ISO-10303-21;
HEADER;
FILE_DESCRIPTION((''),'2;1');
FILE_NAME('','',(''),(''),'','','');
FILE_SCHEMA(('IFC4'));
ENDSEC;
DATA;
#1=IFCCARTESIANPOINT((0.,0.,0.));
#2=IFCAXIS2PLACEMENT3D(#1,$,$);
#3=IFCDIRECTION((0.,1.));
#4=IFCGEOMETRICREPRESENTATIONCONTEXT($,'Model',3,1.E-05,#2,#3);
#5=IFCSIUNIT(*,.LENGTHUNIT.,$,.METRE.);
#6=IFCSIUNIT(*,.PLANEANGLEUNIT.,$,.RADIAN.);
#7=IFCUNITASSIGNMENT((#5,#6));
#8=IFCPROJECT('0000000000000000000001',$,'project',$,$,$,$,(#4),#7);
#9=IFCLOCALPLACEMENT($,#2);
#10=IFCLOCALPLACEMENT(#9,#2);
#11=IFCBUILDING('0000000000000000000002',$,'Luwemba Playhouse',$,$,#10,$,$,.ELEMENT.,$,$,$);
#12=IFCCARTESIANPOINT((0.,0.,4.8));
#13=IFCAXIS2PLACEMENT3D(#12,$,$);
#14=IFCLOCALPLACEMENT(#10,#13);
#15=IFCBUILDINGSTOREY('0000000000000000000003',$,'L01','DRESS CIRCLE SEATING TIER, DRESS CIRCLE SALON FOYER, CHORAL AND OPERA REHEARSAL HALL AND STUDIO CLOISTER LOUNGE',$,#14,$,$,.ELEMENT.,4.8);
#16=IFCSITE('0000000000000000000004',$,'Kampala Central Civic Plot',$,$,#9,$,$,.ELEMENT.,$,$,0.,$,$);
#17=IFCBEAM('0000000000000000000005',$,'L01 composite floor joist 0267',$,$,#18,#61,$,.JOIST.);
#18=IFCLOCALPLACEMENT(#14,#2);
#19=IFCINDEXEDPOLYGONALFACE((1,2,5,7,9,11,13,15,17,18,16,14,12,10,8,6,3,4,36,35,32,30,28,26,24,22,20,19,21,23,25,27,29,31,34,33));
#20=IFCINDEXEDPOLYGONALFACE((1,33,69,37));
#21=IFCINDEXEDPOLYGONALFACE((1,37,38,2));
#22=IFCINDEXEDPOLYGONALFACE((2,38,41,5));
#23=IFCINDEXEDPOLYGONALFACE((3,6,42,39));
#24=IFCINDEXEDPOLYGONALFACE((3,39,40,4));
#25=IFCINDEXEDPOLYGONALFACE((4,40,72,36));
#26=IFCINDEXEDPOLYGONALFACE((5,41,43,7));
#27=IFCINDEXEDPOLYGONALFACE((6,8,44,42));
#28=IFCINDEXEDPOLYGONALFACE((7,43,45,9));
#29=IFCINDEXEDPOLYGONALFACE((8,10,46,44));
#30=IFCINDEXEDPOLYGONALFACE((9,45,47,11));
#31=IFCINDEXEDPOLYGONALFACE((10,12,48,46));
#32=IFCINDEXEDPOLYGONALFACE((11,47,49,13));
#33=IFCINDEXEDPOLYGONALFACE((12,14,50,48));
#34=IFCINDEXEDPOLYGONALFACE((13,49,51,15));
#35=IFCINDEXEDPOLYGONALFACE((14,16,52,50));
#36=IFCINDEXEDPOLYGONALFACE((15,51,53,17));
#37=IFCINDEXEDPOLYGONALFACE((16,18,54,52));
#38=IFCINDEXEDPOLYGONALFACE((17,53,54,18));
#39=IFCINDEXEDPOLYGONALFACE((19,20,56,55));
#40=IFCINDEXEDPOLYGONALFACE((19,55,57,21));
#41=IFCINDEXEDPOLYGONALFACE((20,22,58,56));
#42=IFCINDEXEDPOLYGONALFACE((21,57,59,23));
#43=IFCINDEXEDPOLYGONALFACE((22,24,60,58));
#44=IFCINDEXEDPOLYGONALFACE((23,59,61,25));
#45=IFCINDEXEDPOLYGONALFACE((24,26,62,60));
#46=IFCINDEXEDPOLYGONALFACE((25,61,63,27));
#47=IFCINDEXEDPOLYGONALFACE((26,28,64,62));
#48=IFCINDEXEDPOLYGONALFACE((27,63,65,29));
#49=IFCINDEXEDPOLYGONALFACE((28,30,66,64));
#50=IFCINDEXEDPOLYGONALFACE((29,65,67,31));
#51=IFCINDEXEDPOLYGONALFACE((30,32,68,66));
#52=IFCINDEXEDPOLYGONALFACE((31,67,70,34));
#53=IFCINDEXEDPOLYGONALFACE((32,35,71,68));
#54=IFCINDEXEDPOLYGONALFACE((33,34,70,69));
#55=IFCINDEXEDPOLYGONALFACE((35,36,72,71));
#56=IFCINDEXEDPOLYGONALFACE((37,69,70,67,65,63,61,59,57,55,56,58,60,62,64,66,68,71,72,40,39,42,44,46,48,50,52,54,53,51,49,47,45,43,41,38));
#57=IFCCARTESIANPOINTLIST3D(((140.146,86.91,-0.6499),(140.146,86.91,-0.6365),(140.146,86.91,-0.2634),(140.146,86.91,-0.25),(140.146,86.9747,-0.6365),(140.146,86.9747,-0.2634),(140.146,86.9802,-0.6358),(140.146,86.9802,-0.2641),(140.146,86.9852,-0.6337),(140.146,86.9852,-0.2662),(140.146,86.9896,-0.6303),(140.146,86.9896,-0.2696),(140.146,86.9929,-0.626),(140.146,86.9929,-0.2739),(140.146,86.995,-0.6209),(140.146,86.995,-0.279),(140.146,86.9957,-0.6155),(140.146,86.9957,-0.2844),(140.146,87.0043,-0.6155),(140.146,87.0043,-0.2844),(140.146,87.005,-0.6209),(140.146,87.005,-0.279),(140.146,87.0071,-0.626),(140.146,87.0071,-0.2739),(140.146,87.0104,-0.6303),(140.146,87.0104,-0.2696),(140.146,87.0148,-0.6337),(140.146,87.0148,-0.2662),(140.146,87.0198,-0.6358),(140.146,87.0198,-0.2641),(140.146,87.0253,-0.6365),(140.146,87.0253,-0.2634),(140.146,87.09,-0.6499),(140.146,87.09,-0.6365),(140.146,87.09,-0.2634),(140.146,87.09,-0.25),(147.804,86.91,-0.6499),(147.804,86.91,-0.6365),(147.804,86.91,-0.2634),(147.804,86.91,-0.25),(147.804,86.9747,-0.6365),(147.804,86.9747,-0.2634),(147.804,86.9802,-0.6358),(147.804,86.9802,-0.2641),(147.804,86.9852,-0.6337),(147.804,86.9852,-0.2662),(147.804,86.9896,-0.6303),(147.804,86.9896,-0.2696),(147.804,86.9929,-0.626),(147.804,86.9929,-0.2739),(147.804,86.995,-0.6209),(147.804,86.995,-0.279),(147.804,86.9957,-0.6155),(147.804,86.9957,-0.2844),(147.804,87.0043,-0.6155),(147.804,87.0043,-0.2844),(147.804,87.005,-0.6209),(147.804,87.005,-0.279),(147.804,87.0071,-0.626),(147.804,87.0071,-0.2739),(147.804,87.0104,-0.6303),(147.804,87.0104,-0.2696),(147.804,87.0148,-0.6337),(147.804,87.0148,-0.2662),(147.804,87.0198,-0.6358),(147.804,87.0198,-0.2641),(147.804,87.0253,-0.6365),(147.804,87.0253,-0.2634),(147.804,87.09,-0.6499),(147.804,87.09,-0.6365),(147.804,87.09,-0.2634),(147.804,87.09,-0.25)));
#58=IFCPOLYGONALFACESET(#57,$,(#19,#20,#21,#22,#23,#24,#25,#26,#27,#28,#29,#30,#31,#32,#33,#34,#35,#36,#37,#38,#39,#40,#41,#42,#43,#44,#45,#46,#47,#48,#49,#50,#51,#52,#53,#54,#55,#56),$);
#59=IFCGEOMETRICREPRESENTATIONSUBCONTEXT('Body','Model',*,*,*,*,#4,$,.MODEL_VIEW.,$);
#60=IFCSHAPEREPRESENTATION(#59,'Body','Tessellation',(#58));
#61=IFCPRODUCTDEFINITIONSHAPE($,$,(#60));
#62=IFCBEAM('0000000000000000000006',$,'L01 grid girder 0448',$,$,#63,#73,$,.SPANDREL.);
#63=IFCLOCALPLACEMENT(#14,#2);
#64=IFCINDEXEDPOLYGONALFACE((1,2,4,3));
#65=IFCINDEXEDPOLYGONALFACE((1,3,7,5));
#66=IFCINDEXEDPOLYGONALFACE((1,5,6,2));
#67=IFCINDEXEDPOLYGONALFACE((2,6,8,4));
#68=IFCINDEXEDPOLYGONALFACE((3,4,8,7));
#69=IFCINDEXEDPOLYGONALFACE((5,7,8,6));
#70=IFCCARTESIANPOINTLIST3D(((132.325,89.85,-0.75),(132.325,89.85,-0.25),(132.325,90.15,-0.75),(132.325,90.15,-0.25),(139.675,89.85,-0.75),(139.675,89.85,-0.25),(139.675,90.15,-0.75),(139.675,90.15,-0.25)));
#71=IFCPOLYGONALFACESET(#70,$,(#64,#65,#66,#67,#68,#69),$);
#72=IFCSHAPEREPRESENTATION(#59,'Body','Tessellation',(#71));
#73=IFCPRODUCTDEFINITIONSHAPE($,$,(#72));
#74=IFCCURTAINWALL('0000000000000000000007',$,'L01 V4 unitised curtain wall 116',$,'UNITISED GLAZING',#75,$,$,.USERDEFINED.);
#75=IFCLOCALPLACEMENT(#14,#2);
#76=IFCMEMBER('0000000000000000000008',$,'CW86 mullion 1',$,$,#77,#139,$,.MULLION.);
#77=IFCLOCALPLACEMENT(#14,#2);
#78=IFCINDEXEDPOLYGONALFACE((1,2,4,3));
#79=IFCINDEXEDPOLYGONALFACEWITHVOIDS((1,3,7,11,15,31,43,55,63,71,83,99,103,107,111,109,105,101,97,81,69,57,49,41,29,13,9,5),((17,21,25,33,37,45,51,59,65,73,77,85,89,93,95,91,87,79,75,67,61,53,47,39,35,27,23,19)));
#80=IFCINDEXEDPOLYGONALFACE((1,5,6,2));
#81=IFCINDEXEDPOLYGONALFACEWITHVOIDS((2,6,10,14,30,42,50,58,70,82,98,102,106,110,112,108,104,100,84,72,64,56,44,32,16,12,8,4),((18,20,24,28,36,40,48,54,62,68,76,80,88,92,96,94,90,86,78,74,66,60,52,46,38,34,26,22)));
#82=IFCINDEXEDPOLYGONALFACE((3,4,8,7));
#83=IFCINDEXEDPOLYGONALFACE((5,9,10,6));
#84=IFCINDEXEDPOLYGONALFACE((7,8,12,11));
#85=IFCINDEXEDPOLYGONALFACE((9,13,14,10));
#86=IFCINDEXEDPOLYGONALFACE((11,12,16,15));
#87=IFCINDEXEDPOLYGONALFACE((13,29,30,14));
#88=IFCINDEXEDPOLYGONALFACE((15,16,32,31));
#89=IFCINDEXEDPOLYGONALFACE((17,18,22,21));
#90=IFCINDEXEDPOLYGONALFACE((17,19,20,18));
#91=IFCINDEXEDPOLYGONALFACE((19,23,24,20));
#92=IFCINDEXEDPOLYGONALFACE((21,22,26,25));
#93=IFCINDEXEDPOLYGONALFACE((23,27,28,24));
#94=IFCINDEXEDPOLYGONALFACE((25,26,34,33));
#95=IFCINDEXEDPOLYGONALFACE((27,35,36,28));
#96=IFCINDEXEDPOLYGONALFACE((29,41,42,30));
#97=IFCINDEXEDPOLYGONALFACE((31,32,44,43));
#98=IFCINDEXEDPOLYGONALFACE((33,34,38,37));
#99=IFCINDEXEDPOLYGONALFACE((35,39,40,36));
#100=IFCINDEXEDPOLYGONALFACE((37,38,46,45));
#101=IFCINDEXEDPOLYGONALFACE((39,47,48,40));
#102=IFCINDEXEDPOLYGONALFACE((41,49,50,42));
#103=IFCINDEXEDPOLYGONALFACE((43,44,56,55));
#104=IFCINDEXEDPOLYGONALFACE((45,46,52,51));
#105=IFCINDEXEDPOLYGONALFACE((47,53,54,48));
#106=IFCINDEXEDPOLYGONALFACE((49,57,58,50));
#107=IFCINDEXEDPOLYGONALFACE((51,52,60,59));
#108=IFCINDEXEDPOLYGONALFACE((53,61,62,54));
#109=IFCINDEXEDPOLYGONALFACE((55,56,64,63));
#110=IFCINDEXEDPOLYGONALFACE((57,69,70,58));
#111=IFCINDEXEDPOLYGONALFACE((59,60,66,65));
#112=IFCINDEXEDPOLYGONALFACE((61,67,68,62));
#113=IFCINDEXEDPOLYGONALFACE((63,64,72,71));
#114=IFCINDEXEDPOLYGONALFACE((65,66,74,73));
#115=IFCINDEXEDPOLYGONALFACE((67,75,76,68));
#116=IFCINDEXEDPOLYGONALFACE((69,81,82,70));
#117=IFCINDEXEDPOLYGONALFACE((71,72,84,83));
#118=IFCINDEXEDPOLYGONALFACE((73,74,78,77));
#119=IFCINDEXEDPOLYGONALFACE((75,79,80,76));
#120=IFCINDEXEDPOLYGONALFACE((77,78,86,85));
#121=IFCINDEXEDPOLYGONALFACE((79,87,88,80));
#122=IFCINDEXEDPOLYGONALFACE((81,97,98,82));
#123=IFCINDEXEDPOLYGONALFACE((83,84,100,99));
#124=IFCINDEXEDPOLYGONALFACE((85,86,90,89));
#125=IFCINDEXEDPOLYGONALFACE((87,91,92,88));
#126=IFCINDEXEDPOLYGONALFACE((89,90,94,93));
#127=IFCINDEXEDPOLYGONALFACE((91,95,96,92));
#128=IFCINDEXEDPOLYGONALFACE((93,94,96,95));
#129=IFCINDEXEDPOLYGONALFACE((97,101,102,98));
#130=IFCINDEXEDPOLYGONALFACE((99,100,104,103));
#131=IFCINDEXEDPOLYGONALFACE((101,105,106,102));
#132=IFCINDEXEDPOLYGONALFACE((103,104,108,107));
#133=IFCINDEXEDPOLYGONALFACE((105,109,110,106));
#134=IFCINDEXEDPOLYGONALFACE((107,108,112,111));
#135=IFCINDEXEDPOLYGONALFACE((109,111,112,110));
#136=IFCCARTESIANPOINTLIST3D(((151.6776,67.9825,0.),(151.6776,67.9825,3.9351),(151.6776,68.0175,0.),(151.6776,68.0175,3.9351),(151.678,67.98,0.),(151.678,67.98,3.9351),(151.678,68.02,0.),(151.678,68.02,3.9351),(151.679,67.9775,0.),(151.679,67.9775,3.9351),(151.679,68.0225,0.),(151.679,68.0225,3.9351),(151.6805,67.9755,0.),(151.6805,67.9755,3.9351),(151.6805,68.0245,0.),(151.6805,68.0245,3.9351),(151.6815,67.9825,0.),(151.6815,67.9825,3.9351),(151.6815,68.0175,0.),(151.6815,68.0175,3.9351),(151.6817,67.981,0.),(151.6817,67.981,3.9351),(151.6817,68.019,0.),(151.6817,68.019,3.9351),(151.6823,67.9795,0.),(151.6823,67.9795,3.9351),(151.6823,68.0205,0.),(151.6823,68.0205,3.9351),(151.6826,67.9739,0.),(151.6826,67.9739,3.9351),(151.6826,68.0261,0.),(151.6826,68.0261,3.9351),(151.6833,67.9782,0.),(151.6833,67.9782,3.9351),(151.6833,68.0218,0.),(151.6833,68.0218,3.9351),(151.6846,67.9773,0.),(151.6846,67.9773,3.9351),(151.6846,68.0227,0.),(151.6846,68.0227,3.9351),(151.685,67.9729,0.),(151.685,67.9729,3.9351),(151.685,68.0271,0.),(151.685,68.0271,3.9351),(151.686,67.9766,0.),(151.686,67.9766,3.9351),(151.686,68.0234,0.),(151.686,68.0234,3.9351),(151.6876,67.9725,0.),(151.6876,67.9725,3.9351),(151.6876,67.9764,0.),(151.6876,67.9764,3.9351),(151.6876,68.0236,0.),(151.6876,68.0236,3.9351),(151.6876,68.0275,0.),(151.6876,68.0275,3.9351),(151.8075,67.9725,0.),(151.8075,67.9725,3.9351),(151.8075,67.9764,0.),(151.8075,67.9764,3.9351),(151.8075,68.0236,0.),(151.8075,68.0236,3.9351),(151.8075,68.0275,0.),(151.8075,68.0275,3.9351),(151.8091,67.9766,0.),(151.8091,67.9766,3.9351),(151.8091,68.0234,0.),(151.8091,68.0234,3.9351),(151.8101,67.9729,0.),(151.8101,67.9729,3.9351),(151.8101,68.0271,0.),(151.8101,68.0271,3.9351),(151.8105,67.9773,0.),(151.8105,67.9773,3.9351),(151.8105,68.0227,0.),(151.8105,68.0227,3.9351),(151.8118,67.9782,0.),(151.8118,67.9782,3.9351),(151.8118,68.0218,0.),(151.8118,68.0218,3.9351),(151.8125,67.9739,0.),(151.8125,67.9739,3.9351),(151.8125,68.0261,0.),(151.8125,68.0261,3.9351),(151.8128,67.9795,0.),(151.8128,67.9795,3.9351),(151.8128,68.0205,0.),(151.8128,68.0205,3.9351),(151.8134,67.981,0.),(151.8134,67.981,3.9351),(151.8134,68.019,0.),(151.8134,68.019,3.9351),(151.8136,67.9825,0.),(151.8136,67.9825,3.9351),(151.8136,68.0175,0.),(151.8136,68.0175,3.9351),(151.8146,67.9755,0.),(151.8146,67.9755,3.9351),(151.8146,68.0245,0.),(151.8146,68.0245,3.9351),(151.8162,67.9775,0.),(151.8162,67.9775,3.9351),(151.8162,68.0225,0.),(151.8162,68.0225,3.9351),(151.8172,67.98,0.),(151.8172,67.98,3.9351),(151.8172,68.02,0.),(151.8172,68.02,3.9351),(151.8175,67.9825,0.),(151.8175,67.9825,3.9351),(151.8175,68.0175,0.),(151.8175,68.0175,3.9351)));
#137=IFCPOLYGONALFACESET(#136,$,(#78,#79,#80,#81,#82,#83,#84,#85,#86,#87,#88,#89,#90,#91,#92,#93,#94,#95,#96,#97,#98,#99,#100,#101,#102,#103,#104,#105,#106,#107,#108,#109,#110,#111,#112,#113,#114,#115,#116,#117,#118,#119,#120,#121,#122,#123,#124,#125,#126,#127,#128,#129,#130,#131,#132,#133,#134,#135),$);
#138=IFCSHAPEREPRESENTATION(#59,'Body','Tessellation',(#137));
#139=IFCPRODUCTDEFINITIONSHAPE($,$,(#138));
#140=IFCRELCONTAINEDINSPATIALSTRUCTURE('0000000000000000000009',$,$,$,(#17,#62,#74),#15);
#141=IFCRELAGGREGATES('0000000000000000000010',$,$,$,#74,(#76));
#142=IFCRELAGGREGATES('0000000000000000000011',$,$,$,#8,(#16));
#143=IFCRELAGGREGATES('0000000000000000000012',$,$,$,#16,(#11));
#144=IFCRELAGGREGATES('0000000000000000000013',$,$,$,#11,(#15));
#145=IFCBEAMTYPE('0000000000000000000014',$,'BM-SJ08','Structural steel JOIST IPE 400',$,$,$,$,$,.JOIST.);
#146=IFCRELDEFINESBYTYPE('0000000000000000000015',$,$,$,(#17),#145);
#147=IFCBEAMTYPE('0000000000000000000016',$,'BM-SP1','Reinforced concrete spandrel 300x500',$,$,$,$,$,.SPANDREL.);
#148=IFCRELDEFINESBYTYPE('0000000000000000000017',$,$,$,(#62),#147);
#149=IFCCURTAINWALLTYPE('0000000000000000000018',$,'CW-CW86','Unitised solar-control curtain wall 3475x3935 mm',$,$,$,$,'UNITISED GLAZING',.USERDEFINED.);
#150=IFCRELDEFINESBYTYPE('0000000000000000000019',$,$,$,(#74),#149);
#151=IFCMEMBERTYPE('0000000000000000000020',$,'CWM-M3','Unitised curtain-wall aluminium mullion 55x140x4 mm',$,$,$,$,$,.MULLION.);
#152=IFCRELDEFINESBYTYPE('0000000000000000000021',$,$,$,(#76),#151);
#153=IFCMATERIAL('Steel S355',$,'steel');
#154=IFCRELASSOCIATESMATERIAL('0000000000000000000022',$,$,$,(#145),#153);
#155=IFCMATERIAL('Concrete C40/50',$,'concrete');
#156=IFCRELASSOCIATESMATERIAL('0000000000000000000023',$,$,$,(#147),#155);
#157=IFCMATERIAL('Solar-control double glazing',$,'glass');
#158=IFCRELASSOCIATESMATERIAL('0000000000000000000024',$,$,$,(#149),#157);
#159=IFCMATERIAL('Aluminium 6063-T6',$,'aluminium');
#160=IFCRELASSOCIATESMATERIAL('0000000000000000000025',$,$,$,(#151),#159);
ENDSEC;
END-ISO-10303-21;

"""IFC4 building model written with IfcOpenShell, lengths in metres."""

from ifc_helpers import new_model, si_unit, direction, frame, origin, origin_2d, place, context, subcontext, project, spatial, rectangle, hollow_rectangle, i_section, extrude, material, material_profile, profile_set, type_object, element, aggregate, save


model = new_model("IFC4")

# Units and contexts
model_context = context("Model", 3, precision=1e-05, world=origin(), true_north=direction((0.0, 1.0)))
body_context = subcontext(model_context, "Body", "Model", "MODEL_VIEW")
ifc_project = project(units=[si_unit("LENGTHUNIT", "METRE"), si_unit("PLANEANGLEUNIT", "RADIAN")], contexts=[model_context])

# Site, building, storey
site_placement = place(None, origin())
site = spatial("IfcSite", under=ifc_project, at=site_placement, Name="Kampala Central Civic Plot", CompositionType="ELEMENT", RefElevation=0.0)
building_placement = place(site_placement, origin())
building = spatial("IfcBuilding", under=site, at=building_placement, Name="Luwemba Playhouse", CompositionType="ELEMENT")
storey_placement = place(building_placement, frame((0.0, 0.0, 4.8)))
storey = spatial("IfcBuildingStorey", under=building, at=storey_placement, Name="L01", Description="DRESS CIRCLE SEATING TIER, DRESS CIRCLE SALON FOYER, CHORAL AND OPERA REHEARSAL HALL AND STUDIO CLOISTER LOUNGE", CompositionType="ELEMENT", Elevation=4.8)

# Shared definitions
ifc_material_1 = material(Name="Concrete C40/50", Category="concrete")

# Beams
ifc_material_2 = material(Name="Steel S355", Category="steel")
ifc_material_profile_1 = material_profile(ifc_material_2, i_section(OverallWidth=0.1799, OverallDepth=0.3999, WebThickness=0.0085, FlangeThickness=0.0134, FilletRadius=0.021, at=origin_2d()))
ifc_profile_set_1 = profile_set([ifc_material_profile_1], Name="Steel S355")
beam_type_1 = type_object("IfcBeamType", Name="BM-SJ08", Description="Structural steel JOIST IPE 400", PredefinedType="JOIST", material=ifc_profile_set_1)
beam_1_placement = place(storey_placement, frame((140.146, 87.0, -0.45), z_axis=(1.0, 0.0, 0.0), x_axis=(0.0, 1.0, 0.0)))
element("IfcBeam", 1, at=beam_1_placement, inside=storey, type_object=beam_type_1, Name="L01 composite floor joist 0267", PredefinedType="JOIST", context=body_context, shape_type="SweptSolid", body=[
    extrude(i_section(OverallWidth=0.1799, OverallDepth=0.3999, WebThickness=0.0085, FlangeThickness=0.0134, FilletRadius=0.021, at=origin_2d()), origin(), (0.0, 0.0, 1.0), 7.658),
])
ifc_material_profile_2 = material_profile(ifc_material_1, rectangle(XDim=0.3, YDim=0.5, at=origin_2d()))
ifc_profile_set_2 = profile_set([ifc_material_profile_2], Name="Concrete C40/50")
beam_type_2 = type_object("IfcBeamType", Name="BM-SP1", Description="Reinforced concrete spandrel 300x500", PredefinedType="SPANDREL", material=ifc_profile_set_2)
beam_2_placement = place(storey_placement, frame((132.325, 90.0, -0.5), z_axis=(1.0, 0.0, 0.0), x_axis=(0.0, 1.0, 0.0)))
element("IfcBeam", 2, at=beam_2_placement, inside=storey, type_object=beam_type_2, Name="L01 grid girder 0448", PredefinedType="SPANDREL", context=body_context, shape_type="SweptSolid", body=[
    extrude(rectangle(XDim=0.3, YDim=0.5, at=origin_2d()), origin(), (0.0, 0.0, 1.0), 7.3501),
])

# Curtain wall, member
ifc_material_3 = material(Name="Solar-control double glazing", Category="glass")
curtain_wall_type = type_object("IfcCurtainWallType", Name="CW-CW86", Description="Unitised solar-control curtain wall 3475x3935 mm", ElementType="UNITISED GLAZING", PredefinedType="USERDEFINED", material=ifc_material_3)
curtain_wall_placement = place(storey_placement, origin())
curtain_wall = element("IfcCurtainWall", 3, at=curtain_wall_placement, inside=storey, type_object=curtain_wall_type, Name="L01 V4 unitised curtain wall 116", ObjectType="UNITISED GLAZING", PredefinedType="USERDEFINED")
ifc_material_4 = material(Name="Aluminium 6063-T6", Category="aluminium")
ifc_material_profile_3 = material_profile(ifc_material_4, hollow_rectangle(XDim=0.0549, YDim=0.1399, WallThickness=0.0039, InnerFilletRadius=0.0061, OuterFilletRadius=0.01, at=origin_2d()))
ifc_profile_set_3 = profile_set([ifc_material_profile_3], Name="Aluminium 6063-T6")
member_type_1 = type_object("IfcMemberType", Name="CWM-M3", Description="Unitised curtain-wall aluminium mullion 55x140x4 mm", PredefinedType="MULLION", material=ifc_profile_set_3)
member_1_placement = place(storey_placement, frame((151.7476, 68.0, 0.0), z_axis=(0.0, 0.0, 1.0), x_axis=(0.0, -1.0, 0.0)))
member_1 = element("IfcMember", 4, at=member_1_placement, type_object=member_type_1, Name="CW86 mullion 1", PredefinedType="MULLION", context=body_context, shape_type="SweptSolid", body=[
    extrude(hollow_rectangle(XDim=0.0549, YDim=0.1399, WallThickness=0.0039, InnerFilletRadius=0.0061, OuterFilletRadius=0.01, at=origin_2d()), origin(), (0.0, 0.0, 1.0), 3.9351),
])
aggregate(curtain_wall, [member_1])

save(model, "model.ifc")
